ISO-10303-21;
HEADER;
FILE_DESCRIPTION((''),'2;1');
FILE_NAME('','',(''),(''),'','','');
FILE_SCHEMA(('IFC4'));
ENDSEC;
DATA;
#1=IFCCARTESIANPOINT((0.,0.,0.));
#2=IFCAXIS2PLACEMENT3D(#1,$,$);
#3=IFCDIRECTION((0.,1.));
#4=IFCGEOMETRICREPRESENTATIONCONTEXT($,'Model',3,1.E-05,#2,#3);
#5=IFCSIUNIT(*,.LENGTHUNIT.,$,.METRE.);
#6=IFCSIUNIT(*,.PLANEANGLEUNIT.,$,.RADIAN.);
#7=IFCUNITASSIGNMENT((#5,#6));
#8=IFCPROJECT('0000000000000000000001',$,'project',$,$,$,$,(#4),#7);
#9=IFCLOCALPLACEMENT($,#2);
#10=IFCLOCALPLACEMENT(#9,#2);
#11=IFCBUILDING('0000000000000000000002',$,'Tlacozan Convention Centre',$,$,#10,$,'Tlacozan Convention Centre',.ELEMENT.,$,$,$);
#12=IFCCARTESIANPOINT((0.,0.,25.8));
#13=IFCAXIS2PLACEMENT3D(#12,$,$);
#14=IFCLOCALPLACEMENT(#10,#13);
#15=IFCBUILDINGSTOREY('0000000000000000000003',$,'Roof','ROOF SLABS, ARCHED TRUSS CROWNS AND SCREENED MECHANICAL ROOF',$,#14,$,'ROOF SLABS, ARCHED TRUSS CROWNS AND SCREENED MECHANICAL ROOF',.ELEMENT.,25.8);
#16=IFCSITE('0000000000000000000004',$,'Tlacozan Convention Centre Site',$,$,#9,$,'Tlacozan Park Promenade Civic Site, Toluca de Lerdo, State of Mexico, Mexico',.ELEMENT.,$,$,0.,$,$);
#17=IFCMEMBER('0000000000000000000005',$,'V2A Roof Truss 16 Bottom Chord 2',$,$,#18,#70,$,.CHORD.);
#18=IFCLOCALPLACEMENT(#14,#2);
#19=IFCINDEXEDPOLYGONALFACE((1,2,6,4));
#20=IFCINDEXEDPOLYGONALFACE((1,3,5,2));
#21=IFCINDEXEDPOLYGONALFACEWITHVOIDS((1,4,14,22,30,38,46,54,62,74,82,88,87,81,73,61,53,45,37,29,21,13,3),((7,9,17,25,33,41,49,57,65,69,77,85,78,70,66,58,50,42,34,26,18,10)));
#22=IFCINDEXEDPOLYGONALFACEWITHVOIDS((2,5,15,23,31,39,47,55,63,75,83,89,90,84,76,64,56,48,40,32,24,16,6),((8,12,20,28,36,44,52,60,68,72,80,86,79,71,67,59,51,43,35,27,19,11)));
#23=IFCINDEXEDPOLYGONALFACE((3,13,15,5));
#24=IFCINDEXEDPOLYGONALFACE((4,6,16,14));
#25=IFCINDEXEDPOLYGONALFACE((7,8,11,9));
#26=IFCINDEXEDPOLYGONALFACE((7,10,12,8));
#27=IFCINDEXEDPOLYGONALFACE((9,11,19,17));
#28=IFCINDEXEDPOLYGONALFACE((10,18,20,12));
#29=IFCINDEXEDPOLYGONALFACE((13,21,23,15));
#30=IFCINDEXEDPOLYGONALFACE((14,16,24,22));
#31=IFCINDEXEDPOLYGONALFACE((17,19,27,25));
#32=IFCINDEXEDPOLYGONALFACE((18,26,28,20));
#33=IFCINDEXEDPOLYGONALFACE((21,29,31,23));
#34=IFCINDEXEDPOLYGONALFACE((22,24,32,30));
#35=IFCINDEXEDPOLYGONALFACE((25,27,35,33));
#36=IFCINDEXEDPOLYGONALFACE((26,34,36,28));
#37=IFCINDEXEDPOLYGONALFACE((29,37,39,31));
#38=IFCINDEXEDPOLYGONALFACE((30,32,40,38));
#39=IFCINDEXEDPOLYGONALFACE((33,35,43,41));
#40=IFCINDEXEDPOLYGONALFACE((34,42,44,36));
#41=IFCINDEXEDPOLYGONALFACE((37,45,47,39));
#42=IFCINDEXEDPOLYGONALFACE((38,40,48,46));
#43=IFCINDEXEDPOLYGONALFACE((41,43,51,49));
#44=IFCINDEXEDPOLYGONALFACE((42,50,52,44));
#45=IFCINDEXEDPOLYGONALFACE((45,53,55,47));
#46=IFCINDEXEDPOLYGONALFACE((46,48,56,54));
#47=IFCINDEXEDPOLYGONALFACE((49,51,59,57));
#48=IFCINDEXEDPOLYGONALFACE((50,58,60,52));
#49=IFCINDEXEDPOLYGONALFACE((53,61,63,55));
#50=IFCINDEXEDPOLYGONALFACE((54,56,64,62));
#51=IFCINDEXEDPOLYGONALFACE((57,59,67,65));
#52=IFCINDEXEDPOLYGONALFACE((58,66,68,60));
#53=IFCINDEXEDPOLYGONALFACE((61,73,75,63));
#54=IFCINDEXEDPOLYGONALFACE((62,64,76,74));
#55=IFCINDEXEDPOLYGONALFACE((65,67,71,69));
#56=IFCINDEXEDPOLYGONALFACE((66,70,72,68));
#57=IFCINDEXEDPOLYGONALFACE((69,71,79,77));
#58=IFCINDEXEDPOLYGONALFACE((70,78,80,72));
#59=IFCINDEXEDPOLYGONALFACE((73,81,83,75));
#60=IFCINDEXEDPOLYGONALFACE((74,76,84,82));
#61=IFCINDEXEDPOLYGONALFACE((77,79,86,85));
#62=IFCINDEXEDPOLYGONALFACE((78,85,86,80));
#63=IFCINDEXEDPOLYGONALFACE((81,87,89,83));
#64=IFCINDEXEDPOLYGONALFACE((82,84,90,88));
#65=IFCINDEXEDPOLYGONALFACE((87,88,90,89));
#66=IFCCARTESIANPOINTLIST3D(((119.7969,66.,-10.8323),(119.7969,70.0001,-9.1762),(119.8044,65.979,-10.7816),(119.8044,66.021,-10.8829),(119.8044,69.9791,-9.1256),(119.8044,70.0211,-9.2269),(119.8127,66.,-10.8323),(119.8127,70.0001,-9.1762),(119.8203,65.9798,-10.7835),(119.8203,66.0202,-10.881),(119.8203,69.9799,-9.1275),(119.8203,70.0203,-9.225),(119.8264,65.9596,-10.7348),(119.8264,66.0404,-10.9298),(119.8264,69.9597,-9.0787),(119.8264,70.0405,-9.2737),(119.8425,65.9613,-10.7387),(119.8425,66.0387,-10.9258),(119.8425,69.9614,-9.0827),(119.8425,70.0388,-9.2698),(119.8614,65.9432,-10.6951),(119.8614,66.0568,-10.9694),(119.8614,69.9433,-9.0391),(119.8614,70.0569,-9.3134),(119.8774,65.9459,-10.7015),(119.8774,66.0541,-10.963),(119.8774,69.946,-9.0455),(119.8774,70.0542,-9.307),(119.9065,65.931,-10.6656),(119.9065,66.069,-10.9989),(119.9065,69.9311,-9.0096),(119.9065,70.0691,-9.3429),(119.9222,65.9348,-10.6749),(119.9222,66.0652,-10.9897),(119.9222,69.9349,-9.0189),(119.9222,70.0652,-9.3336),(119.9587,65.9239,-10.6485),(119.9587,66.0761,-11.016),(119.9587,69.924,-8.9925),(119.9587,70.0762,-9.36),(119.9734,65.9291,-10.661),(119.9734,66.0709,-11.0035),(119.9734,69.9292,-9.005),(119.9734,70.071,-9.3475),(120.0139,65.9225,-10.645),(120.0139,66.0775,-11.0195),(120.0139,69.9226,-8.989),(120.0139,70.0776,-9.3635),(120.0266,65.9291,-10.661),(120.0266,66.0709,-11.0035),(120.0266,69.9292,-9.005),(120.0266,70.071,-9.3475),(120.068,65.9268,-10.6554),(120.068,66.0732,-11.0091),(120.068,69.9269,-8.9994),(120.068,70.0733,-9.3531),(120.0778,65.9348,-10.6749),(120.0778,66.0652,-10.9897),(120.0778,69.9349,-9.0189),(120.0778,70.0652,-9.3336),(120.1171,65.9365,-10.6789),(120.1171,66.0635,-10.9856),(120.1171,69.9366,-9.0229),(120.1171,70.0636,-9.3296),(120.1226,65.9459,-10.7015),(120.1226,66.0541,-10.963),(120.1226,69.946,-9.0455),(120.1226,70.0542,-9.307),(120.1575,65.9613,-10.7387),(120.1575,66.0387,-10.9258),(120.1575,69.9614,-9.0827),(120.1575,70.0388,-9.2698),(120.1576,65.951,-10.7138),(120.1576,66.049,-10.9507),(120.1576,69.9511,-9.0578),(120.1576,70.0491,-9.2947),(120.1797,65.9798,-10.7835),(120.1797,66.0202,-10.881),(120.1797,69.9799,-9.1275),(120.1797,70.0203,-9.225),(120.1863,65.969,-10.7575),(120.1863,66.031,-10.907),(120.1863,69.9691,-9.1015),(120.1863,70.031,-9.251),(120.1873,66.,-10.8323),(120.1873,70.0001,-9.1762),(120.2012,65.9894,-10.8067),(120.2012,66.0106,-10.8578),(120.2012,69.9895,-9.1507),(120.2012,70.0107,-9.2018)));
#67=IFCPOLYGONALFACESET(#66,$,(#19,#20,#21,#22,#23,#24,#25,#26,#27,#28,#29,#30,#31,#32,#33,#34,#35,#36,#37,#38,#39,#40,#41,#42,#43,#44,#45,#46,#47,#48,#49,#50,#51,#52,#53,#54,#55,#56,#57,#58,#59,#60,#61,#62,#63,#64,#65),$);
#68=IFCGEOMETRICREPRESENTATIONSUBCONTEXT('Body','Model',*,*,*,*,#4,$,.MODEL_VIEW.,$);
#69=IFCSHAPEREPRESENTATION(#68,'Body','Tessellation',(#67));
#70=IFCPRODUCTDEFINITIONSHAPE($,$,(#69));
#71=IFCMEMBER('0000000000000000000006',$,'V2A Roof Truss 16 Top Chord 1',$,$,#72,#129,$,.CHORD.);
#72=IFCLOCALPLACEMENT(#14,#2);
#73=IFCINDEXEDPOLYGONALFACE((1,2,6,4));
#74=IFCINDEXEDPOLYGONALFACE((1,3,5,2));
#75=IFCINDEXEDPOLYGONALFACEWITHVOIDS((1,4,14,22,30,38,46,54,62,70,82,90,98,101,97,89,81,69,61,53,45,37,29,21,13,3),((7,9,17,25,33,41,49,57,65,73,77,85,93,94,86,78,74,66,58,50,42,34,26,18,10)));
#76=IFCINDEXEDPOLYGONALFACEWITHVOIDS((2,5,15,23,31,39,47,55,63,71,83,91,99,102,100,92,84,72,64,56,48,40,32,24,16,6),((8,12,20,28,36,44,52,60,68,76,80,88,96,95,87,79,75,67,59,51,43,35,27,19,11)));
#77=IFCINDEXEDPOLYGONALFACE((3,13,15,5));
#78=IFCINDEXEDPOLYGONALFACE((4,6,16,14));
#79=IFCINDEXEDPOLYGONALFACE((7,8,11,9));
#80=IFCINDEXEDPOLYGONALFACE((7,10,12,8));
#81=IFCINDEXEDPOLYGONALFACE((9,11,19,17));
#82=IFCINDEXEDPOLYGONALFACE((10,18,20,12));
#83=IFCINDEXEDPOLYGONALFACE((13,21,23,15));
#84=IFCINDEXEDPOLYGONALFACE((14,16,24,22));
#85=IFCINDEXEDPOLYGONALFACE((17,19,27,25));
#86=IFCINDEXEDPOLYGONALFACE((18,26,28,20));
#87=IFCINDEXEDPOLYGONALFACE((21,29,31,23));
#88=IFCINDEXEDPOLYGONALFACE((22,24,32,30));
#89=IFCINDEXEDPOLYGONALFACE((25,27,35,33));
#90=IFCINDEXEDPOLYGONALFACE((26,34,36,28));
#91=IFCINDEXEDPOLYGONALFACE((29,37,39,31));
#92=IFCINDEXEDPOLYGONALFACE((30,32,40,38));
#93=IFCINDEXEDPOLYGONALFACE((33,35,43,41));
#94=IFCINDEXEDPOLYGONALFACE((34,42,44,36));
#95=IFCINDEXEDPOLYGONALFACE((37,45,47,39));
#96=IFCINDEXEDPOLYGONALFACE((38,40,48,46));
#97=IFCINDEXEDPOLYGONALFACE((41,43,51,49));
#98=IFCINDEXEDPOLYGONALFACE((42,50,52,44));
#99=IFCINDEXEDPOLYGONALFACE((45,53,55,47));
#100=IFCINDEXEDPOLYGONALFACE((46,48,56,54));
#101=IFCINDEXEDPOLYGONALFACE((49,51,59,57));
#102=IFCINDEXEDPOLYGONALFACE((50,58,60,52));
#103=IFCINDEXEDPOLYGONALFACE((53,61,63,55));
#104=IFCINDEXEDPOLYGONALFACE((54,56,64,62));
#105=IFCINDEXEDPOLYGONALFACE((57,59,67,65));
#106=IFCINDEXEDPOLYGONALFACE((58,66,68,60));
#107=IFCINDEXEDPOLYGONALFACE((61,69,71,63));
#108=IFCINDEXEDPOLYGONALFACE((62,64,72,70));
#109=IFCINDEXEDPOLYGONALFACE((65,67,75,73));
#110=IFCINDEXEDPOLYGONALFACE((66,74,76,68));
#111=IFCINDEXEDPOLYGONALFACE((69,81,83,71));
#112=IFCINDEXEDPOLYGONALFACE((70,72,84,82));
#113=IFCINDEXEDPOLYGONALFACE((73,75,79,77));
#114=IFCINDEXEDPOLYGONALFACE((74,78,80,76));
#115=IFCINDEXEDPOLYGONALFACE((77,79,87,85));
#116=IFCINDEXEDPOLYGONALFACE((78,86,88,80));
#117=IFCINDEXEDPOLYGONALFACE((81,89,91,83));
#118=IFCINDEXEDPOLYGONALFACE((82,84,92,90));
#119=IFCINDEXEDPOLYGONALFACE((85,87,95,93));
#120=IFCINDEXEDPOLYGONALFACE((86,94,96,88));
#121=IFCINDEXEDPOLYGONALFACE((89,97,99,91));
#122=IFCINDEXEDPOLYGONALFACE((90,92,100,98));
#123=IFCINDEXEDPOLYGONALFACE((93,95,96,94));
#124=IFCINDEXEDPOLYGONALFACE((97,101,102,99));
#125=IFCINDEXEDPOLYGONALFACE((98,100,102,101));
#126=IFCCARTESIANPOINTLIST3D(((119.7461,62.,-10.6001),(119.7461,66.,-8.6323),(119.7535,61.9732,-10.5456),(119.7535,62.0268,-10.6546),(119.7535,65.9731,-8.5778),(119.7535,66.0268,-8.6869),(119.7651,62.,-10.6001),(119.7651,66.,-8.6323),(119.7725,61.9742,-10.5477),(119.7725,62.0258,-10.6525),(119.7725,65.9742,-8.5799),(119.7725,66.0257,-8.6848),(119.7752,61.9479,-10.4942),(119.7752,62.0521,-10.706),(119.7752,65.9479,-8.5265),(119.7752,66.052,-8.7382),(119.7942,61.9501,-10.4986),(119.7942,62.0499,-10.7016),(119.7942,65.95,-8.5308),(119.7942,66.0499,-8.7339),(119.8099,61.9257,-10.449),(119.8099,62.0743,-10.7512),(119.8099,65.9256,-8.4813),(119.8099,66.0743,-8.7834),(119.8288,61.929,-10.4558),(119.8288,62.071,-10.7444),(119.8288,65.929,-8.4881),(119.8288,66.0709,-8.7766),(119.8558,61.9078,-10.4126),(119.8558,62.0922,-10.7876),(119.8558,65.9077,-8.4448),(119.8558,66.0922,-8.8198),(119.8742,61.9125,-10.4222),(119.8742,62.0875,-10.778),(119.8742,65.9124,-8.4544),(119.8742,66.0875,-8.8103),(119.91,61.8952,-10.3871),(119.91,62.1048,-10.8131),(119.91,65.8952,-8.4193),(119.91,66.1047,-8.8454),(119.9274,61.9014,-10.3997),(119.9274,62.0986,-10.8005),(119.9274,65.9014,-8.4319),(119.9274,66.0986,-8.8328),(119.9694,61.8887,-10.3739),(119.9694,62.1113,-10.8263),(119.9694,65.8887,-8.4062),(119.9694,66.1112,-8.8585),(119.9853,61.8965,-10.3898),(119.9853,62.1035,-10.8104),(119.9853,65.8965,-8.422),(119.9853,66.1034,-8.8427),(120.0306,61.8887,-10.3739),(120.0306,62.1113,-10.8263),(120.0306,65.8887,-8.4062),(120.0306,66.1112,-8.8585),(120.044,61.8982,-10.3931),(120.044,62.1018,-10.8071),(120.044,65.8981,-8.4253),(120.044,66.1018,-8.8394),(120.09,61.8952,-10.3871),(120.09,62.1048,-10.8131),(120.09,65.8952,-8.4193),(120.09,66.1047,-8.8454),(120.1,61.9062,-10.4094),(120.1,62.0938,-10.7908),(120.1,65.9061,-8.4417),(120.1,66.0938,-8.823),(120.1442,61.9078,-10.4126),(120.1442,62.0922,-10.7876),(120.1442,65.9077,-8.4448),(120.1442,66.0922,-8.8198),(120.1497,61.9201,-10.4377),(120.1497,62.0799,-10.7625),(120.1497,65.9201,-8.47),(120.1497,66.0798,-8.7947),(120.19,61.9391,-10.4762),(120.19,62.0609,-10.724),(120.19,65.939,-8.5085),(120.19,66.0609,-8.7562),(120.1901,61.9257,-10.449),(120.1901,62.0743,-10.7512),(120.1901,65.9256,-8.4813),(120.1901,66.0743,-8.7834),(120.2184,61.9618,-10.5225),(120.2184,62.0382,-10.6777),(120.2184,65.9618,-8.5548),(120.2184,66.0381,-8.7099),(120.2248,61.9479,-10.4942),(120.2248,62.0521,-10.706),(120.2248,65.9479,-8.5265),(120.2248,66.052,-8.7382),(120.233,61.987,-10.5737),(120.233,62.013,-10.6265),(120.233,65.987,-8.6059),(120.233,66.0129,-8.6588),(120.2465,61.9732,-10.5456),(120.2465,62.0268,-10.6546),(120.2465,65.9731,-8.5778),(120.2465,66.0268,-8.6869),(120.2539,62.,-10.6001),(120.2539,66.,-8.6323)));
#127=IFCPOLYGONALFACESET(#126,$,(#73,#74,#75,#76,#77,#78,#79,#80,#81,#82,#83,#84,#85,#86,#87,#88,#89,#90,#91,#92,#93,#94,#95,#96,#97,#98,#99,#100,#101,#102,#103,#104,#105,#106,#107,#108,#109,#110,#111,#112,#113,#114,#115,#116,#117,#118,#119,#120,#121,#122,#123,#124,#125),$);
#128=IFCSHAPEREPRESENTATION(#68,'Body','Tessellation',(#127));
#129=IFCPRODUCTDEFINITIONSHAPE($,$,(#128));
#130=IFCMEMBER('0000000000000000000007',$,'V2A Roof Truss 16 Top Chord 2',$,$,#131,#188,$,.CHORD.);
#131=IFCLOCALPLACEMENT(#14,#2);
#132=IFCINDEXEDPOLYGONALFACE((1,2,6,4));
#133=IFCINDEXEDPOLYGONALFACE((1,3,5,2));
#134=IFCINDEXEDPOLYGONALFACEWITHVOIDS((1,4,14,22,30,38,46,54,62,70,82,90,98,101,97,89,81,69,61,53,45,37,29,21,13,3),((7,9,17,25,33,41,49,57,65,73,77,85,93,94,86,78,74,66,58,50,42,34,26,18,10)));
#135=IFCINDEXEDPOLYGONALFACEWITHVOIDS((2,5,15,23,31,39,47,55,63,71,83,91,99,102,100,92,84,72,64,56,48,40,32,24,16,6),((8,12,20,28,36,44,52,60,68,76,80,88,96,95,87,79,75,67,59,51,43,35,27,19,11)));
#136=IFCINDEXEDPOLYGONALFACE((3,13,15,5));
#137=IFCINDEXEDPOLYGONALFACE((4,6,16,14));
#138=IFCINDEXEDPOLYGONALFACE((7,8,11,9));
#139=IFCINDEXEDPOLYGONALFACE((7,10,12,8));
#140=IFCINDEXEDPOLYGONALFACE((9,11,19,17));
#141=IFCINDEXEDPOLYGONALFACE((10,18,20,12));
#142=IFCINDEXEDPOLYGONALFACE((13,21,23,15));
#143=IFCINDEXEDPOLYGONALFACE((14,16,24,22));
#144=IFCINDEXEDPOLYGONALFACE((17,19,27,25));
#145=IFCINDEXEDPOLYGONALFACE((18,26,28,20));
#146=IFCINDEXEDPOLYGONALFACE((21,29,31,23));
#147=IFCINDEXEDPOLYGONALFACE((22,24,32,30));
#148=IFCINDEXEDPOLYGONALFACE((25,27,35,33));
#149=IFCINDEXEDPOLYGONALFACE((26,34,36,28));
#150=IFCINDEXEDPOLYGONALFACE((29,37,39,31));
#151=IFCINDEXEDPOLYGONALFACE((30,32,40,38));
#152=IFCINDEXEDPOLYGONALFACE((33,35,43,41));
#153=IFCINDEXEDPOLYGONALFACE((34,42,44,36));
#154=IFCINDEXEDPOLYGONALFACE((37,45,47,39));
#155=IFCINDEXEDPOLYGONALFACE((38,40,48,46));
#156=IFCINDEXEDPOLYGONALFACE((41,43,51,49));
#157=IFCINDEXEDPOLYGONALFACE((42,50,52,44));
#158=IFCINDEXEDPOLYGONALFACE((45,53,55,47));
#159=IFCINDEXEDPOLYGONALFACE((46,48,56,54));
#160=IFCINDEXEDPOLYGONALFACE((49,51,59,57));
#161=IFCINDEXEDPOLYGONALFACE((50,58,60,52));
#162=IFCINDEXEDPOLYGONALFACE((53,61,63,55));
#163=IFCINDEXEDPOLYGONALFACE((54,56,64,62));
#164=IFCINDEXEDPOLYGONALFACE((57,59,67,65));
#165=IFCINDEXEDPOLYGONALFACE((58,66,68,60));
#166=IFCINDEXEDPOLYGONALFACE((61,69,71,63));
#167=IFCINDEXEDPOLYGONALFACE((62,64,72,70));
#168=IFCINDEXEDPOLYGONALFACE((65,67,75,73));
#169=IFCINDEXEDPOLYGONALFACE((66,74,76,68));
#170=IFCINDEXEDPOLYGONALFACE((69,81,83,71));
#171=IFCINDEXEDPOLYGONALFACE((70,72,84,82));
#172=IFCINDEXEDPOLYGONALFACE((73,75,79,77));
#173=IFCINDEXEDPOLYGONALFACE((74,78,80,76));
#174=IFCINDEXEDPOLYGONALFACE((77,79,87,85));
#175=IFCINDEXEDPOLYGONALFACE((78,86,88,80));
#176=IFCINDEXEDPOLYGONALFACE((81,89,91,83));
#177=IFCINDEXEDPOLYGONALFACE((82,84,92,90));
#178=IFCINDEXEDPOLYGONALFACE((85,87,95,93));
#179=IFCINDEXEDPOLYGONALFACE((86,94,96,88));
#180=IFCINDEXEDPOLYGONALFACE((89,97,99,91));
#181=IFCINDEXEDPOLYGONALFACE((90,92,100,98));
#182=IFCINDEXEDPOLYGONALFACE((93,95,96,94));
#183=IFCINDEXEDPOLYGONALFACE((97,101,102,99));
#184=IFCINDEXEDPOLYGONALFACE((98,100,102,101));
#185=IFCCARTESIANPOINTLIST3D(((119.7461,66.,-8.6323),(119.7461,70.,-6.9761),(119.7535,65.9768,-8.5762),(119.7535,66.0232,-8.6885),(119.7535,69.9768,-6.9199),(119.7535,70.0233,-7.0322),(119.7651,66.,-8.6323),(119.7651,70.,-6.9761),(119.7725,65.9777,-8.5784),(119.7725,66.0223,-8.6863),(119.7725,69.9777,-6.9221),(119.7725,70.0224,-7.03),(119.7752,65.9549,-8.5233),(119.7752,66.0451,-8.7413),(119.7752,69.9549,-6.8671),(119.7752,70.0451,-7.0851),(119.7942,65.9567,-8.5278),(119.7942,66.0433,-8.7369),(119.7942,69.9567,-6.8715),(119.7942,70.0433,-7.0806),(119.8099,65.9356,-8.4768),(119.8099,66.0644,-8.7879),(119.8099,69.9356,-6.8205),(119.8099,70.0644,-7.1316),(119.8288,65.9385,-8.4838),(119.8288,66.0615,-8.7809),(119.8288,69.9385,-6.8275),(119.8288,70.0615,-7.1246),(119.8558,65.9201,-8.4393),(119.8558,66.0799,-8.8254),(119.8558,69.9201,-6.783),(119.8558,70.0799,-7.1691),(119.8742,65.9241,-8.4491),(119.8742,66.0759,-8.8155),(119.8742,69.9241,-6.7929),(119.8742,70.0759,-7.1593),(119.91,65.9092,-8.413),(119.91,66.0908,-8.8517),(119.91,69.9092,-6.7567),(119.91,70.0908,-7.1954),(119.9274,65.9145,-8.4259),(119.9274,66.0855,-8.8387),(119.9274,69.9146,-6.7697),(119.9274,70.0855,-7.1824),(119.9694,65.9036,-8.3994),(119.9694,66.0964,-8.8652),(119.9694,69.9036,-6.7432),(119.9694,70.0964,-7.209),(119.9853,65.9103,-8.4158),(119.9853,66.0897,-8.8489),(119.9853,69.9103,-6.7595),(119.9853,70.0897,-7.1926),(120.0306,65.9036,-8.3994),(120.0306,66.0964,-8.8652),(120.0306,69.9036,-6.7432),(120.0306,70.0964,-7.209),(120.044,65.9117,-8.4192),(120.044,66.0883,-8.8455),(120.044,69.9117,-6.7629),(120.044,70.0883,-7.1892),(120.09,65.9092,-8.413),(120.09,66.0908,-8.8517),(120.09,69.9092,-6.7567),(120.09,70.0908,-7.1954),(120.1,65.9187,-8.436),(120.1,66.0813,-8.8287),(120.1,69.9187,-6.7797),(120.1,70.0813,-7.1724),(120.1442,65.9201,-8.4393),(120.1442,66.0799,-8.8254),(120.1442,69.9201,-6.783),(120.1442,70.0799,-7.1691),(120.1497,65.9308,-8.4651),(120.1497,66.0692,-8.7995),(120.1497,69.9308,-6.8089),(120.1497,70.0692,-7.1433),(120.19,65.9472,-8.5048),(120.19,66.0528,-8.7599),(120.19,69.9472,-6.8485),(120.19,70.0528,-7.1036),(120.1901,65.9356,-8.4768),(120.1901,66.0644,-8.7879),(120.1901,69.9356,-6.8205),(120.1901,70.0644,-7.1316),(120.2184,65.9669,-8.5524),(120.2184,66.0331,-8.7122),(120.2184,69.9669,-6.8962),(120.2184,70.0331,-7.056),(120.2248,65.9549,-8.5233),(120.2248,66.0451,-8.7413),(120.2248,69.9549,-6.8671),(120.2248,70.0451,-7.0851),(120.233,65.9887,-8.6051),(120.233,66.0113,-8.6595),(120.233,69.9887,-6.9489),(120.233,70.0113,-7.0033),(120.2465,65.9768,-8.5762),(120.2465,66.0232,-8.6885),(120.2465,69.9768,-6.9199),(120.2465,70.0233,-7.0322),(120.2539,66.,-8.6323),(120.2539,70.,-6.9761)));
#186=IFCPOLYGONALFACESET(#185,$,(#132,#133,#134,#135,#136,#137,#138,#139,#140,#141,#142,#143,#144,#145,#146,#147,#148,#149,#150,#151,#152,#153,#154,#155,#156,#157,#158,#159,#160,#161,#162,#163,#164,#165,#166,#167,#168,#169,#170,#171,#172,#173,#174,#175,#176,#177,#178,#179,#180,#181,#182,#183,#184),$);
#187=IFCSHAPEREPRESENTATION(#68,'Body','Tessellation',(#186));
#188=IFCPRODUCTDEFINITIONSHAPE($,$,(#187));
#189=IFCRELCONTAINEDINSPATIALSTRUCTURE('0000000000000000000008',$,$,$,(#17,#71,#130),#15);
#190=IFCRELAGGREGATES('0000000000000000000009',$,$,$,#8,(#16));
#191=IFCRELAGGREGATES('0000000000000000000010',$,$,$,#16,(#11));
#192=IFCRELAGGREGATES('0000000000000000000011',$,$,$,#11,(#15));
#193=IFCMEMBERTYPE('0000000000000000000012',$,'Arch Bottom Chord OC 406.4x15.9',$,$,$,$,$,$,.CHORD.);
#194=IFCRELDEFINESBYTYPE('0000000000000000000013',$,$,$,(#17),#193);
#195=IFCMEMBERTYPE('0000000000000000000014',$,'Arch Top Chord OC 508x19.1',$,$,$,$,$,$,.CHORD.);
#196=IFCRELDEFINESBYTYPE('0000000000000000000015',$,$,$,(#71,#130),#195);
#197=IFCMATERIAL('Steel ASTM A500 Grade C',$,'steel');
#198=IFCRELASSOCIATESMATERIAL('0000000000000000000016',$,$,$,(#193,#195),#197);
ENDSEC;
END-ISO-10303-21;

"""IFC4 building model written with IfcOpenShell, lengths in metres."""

from ifc_helpers import new_model, si_unit, direction, frame, origin, origin_2d, place, context, subcontext, project, spatial, hollow_circle, extrude, material, material_profile, profile_set, type_object, element, save


model = new_model("IFC4")

# Units and contexts
model_context = context("Model", 3, precision=1e-05, world=origin(), true_north=direction((0.0, 1.0)))
body_context = subcontext(model_context, "Body", "Model", "MODEL_VIEW")
ifc_project = project(units=[si_unit("LENGTHUNIT", "METRE"), si_unit("PLANEANGLEUNIT", "RADIAN")], contexts=[model_context])

# Site, building, storey
site_placement = place(None, origin())
site = spatial("IfcSite", under=ifc_project, at=site_placement, Name="Tlacozan Convention Centre Site", LongName="Tlacozan Park Promenade Civic Site, Toluca de Lerdo, State of Mexico, Mexico", CompositionType="ELEMENT", RefElevation=0.0)
building_placement = place(site_placement, origin())
building = spatial("IfcBuilding", under=site, at=building_placement, Name="Tlacozan Convention Centre", LongName="Tlacozan Convention Centre", CompositionType="ELEMENT")
storey_placement = place(building_placement, frame((0.0, 0.0, 25.8)))
storey = spatial("IfcBuildingStorey", under=building, at=storey_placement, Name="Roof", Description="ROOF SLABS, ARCHED TRUSS CROWNS AND SCREENED MECHANICAL ROOF", LongName="ROOF SLABS, ARCHED TRUSS CROWNS AND SCREENED MECHANICAL ROOF", CompositionType="ELEMENT", Elevation=25.8)

# Members
ifc_material_1 = material(Name="Steel ASTM A500 Grade C", Category="steel")
ifc_material_profile_1 = material_profile(ifc_material_1, hollow_circle(Radius=0.2031, WallThickness=0.0159, at=origin_2d()), Name="OC 406.4x15.9")
ifc_profile_set_1 = profile_set([ifc_material_profile_1], Name="Steel ASTM A500 Grade C")
member_type_1 = type_object("IfcMemberType", Name="Arch Bottom Chord OC 406.4x15.9", PredefinedType="CHORD", material=ifc_profile_set_1)
member_1_placement = place(storey_placement, frame((120.0, 66.0, -10.8323), z_axis=(0.0, 0.923949, 0.382516), x_axis=(-1.0, 0.0, 0.0)))
element("IfcMember", 1, at=member_1_placement, inside=storey, type_object=member_type_1, Name="V2A Roof Truss 16 Bottom Chord 2", PredefinedType="CHORD", context=body_context, shape_type="SweptSolid", body=[
    extrude(hollow_circle(Radius=0.2031, WallThickness=0.0159, at=origin_2d()), origin(), (0.0, 0.0, 1.0), 4.3293),
])
ifc_material_profile_2 = material_profile(ifc_material_1, hollow_circle(Radius=0.2539, WallThickness=0.019, at=origin_2d()), Name="OC 508.0x19.1")
ifc_profile_set_2 = profile_set([ifc_material_profile_2], Name="Steel ASTM A500 Grade C")
member_type_2 = type_object("IfcMemberType", Name="Arch Top Chord OC 508x19.1", PredefinedType="CHORD", material=ifc_profile_set_2)
member_2_placement = place(storey_placement, frame((120.0, 62.0, -10.6001), z_axis=(0.0, 0.8973, 0.441421), x_axis=(-1.0, 0.0, 0.0)))
element("IfcMember", 2, at=member_2_placement, inside=storey, type_object=member_type_2, Name="V2A Roof Truss 16 Top Chord 1", PredefinedType="CHORD", context=body_context, shape_type="SweptSolid", body=[
    extrude(hollow_circle(Radius=0.2539, WallThickness=0.019, at=origin_2d()), origin(), (0.0, 0.0, 1.0), 4.4578),
])
member_3_placement = place(storey_placement, frame((120.0, 66.0, -8.6323), z_axis=(0.0, 0.923929, 0.382564), x_axis=(-1.0, 0.0, 0.0)))
element("IfcMember", 3, at=member_3_placement, inside=storey, type_object=member_type_2, Name="V2A Roof Truss 16 Top Chord 2", PredefinedType="CHORD", context=body_context, shape_type="SweptSolid", body=[
    extrude(hollow_circle(Radius=0.2539, WallThickness=0.019, at=origin_2d()), origin(), (0.0, 0.0, 1.0), 4.3293),
])

save(model, "model.ifc")
